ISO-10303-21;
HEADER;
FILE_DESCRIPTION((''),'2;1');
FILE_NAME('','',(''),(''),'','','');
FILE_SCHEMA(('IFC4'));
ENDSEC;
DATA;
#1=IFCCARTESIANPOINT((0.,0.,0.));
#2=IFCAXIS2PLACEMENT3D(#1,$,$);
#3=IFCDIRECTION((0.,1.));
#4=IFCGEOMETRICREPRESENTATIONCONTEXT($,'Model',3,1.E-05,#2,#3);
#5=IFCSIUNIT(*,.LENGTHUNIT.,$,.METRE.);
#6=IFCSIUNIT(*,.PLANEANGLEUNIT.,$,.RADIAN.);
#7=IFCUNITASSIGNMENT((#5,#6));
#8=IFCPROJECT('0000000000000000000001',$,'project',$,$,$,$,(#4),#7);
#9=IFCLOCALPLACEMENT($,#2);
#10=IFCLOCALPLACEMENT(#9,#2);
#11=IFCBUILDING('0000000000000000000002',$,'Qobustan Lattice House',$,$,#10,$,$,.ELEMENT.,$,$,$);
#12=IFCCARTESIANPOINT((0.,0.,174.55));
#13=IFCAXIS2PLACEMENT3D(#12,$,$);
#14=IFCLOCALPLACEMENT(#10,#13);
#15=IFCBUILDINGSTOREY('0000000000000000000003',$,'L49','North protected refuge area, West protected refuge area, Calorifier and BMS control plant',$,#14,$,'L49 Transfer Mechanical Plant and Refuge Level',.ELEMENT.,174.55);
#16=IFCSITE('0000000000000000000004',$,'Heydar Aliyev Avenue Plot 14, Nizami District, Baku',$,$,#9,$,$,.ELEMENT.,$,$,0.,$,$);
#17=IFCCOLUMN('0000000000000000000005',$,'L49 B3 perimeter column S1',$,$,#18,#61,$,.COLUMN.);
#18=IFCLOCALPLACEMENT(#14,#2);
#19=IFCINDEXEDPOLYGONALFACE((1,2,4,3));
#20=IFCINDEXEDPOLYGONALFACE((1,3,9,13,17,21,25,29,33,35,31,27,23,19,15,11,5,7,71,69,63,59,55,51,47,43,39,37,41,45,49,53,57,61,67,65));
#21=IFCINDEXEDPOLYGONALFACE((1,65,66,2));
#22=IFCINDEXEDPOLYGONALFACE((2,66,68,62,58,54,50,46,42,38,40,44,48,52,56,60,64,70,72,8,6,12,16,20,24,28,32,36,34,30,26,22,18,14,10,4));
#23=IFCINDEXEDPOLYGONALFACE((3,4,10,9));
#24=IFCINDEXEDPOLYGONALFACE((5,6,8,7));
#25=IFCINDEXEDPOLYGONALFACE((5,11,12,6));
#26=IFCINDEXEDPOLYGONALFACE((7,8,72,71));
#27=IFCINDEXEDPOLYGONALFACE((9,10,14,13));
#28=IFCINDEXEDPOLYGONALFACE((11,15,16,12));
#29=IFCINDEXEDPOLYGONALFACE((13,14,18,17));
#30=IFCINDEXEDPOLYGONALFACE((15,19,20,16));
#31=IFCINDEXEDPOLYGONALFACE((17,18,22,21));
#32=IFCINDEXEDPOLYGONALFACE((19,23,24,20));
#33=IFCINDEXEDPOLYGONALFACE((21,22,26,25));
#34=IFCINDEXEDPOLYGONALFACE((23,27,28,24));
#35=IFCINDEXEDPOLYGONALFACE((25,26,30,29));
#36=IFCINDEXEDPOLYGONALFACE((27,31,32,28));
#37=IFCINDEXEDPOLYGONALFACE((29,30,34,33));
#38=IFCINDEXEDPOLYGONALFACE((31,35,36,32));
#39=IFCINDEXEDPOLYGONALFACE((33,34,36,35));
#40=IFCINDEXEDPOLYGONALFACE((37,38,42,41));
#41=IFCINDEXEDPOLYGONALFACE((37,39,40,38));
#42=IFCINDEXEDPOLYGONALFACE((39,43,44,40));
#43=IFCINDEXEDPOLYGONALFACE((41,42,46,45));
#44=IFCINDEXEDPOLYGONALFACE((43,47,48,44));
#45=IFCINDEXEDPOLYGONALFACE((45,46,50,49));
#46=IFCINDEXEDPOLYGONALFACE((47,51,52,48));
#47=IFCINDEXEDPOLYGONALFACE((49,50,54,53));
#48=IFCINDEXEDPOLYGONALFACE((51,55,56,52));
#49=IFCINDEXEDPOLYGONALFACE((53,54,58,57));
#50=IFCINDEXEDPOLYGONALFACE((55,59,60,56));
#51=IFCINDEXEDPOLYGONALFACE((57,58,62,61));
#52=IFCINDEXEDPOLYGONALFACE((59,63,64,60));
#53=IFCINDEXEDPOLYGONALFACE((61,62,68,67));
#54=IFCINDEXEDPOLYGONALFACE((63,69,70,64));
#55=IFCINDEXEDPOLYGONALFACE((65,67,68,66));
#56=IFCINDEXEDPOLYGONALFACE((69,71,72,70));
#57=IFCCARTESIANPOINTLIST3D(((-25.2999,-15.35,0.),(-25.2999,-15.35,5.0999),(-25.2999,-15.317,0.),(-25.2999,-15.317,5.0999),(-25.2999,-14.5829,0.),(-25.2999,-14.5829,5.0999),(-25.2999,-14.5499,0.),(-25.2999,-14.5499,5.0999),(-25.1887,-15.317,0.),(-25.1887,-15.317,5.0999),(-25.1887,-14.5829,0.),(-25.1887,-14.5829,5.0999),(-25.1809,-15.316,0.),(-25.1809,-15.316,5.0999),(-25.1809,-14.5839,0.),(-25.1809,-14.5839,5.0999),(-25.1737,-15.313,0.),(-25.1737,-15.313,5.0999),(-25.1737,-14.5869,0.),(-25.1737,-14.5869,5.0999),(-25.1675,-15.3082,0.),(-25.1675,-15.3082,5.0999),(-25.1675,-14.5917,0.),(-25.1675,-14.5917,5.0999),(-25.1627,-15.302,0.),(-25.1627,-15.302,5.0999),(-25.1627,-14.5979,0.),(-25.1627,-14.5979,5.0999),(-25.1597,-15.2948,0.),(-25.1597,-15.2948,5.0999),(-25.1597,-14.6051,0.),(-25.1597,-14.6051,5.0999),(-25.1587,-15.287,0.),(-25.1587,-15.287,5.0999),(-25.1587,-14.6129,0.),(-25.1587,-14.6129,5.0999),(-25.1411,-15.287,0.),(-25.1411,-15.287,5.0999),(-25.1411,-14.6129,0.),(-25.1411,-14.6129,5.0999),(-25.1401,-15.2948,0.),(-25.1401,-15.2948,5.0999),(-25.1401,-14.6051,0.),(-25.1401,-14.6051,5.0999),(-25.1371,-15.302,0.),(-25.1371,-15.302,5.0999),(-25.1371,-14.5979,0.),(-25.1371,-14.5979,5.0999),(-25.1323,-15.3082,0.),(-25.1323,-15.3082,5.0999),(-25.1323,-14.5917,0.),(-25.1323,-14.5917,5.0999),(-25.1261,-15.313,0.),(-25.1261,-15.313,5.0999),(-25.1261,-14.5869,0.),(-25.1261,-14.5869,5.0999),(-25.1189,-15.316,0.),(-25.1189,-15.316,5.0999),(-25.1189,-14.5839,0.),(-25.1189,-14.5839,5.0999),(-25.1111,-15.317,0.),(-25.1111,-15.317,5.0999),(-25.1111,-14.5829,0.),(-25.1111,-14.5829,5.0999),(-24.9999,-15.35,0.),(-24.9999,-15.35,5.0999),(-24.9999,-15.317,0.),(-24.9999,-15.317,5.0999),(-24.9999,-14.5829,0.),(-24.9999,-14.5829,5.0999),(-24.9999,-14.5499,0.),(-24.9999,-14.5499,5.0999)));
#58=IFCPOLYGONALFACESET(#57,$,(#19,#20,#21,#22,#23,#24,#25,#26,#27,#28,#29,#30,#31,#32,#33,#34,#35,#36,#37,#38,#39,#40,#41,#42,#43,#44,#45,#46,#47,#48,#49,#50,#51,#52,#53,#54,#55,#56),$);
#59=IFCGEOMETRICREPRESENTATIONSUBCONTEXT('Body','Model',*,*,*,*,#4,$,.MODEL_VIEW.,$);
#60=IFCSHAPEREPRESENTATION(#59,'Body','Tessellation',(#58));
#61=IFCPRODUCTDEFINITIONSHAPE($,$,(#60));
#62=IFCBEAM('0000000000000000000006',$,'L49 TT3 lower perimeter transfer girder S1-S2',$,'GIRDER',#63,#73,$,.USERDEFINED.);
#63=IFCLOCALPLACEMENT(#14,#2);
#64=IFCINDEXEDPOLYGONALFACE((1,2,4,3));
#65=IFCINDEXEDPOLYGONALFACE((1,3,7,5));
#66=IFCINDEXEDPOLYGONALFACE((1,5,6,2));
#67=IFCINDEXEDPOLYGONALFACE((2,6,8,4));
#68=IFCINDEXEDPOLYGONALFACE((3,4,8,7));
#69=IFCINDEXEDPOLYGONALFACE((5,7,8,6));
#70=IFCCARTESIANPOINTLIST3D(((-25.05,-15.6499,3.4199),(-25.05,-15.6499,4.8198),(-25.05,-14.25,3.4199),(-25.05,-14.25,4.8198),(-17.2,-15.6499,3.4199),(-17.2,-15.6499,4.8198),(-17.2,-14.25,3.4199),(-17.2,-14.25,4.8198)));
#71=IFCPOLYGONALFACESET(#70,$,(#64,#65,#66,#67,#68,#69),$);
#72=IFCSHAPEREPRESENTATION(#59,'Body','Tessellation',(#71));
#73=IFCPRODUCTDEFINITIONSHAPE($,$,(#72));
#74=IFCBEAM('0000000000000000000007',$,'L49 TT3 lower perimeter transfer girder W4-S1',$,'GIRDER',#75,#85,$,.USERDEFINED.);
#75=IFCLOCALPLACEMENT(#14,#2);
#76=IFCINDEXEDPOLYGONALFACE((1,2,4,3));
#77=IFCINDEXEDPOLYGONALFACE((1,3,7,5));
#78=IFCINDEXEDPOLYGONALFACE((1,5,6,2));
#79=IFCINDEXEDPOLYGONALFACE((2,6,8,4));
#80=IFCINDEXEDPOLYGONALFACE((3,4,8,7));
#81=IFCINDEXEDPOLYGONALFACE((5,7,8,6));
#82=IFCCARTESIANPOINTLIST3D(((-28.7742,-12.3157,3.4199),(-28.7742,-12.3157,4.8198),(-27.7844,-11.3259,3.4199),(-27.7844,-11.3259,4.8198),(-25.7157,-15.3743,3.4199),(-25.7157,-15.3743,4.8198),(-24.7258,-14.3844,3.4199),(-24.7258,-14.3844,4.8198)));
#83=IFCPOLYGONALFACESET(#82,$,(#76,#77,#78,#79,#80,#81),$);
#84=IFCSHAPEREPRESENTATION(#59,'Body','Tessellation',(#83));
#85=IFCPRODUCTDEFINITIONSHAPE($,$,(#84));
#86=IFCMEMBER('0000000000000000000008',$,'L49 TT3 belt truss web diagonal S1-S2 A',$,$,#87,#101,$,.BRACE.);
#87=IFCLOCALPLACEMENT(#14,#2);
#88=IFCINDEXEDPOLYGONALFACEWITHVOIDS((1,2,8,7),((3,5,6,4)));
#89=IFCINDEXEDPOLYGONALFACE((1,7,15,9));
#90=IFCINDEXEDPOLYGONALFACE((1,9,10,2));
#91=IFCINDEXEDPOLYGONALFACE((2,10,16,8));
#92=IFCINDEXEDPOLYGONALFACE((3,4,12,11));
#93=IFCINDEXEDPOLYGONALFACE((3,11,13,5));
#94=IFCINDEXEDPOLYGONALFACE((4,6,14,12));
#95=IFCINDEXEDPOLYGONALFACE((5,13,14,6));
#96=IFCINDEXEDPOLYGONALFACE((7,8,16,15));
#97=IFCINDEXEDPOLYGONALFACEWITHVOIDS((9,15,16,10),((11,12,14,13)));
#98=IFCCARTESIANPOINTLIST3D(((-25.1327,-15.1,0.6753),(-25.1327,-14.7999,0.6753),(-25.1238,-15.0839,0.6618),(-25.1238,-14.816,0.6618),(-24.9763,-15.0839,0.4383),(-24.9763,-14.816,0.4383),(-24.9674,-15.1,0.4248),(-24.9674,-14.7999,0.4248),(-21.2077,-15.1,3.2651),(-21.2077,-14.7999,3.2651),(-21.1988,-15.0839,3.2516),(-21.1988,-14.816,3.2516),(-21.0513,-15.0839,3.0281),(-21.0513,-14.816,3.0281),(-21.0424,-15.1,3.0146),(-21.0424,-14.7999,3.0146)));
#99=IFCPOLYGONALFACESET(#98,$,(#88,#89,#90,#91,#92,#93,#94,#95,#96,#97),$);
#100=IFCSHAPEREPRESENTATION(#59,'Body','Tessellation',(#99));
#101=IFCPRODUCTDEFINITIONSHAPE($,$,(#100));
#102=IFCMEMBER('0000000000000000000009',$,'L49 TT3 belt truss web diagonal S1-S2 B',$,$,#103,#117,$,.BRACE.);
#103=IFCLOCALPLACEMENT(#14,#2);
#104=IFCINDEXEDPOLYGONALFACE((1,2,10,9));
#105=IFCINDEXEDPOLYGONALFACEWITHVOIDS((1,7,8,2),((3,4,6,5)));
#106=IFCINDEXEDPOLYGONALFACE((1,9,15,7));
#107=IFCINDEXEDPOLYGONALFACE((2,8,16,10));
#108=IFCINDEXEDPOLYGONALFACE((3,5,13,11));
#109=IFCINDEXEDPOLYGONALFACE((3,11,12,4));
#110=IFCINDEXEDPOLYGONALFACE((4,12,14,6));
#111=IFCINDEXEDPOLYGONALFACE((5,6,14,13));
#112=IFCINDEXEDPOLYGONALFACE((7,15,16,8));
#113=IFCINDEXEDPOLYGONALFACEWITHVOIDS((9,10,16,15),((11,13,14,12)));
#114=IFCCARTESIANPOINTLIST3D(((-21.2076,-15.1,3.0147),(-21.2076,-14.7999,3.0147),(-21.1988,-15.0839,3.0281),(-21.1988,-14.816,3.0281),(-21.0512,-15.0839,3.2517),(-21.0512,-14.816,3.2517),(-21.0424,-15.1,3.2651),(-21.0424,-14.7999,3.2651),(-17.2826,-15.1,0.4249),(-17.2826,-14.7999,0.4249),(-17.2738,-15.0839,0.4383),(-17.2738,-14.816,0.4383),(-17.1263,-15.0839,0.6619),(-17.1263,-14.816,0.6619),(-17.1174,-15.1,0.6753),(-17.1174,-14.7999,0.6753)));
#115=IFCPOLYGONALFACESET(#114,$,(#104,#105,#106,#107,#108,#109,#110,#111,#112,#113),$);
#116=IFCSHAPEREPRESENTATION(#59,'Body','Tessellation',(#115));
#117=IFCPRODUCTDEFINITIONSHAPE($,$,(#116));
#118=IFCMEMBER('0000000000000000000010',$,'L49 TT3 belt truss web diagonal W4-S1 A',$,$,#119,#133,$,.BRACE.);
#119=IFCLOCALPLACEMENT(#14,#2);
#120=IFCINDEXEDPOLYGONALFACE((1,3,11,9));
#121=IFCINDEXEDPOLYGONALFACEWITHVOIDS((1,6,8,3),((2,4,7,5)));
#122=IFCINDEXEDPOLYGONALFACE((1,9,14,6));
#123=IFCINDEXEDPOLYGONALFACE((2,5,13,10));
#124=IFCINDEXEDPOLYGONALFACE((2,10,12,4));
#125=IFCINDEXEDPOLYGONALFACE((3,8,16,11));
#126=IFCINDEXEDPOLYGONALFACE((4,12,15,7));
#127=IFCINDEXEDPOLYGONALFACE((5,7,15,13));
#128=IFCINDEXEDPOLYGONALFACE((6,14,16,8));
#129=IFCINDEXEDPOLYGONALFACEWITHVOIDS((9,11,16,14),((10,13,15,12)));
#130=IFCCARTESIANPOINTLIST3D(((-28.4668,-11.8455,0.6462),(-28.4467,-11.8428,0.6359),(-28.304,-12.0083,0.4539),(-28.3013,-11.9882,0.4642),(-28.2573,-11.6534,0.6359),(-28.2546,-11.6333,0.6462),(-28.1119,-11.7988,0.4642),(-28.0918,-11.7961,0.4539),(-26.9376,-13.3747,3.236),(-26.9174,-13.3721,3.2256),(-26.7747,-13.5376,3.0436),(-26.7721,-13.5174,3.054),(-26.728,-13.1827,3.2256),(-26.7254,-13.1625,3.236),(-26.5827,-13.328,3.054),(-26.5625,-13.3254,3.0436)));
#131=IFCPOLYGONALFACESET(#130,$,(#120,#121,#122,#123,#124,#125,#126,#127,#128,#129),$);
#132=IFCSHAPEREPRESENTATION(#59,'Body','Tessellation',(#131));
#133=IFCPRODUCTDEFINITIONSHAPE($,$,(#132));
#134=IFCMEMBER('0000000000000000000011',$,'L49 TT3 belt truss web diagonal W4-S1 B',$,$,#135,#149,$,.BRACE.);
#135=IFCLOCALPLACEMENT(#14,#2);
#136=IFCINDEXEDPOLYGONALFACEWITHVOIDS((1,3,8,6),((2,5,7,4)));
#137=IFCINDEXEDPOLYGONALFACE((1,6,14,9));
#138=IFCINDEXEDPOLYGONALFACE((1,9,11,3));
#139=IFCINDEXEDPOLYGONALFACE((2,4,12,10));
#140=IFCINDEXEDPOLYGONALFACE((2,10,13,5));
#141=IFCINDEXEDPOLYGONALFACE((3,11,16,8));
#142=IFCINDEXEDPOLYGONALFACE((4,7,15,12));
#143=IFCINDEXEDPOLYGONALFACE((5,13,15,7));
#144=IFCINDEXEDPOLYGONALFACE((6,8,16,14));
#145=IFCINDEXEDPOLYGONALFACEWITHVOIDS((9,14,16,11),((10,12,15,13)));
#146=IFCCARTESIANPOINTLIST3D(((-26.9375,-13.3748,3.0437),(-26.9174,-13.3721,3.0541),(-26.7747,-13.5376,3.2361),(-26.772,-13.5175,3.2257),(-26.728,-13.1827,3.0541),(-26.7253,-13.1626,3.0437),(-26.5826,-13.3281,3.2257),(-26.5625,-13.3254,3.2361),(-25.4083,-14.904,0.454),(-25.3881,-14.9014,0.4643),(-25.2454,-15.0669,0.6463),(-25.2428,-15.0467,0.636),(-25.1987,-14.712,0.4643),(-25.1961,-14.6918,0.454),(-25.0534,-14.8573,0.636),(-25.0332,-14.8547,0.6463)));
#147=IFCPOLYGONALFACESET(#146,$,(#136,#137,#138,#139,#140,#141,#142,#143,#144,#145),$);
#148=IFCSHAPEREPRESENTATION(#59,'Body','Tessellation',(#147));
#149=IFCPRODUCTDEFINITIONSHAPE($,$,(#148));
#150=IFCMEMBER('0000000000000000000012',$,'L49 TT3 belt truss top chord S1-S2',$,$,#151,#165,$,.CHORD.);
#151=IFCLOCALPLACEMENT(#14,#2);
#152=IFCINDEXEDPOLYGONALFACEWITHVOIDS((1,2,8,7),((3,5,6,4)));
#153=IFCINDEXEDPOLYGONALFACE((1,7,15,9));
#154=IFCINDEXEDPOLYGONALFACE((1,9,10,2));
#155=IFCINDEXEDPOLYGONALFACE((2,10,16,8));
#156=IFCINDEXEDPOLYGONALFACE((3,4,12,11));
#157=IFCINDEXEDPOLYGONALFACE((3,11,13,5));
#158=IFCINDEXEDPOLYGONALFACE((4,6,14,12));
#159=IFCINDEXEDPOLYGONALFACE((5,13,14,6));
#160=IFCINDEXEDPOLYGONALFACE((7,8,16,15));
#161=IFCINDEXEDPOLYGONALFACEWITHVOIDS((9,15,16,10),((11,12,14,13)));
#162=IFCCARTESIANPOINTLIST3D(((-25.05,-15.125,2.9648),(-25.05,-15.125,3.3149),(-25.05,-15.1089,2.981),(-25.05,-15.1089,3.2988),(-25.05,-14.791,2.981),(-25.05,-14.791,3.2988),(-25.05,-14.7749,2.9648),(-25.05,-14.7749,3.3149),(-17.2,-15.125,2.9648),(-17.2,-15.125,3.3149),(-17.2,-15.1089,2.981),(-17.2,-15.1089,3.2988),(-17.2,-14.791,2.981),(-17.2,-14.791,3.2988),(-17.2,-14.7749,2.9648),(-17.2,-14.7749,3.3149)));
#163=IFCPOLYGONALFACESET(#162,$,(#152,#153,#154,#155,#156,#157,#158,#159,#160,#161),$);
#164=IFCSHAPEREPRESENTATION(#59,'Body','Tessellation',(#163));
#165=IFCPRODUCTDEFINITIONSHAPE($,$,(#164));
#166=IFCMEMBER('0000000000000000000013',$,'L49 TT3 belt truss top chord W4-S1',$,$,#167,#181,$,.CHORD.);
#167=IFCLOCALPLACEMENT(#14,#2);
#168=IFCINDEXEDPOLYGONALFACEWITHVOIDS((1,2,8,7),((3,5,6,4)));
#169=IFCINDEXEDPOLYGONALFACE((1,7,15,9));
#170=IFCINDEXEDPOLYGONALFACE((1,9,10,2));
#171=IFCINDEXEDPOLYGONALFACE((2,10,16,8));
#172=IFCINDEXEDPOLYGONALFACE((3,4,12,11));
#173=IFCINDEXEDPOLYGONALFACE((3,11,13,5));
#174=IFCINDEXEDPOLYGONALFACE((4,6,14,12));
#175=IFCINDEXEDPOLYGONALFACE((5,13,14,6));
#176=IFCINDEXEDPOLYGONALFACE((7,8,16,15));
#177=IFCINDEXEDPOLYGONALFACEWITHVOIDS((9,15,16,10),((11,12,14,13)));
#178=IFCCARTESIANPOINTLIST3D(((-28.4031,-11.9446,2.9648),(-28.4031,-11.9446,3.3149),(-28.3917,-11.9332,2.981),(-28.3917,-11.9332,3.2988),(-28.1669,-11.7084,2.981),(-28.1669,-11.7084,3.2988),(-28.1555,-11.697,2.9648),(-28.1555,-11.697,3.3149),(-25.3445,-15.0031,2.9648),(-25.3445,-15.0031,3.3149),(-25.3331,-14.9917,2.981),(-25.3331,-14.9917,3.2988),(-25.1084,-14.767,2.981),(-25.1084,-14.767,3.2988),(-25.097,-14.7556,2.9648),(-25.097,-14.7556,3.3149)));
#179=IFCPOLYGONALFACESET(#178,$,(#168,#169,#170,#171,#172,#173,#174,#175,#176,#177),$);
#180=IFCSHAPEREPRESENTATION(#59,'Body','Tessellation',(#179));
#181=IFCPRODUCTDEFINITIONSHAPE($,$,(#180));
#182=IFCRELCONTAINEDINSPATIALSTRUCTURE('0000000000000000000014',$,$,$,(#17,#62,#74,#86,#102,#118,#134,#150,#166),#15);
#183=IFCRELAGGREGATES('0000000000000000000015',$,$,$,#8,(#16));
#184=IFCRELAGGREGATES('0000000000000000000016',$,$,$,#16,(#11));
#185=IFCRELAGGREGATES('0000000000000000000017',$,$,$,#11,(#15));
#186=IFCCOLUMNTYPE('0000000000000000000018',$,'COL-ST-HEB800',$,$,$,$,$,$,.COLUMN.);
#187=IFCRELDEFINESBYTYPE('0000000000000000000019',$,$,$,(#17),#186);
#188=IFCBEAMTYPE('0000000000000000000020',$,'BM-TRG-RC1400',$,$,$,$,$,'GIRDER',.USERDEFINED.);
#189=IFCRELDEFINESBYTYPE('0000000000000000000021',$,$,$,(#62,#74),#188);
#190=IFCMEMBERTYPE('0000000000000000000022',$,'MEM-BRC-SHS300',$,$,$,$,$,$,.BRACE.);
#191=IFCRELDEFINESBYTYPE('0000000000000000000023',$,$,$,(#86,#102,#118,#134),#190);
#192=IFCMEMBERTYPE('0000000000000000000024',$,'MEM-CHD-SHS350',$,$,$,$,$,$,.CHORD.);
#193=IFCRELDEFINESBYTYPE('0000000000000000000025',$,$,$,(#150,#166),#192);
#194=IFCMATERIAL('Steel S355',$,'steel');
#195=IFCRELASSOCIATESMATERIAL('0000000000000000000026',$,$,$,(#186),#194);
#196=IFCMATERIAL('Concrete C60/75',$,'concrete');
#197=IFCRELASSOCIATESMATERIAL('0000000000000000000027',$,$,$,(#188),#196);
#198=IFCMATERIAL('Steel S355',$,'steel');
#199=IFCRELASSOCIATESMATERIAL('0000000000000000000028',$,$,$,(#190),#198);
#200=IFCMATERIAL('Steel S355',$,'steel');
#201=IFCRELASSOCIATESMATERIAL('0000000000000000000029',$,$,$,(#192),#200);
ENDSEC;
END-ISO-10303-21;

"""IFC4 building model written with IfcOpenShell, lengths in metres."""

from ifc_helpers import new_model, si_unit, direction, frame, origin, origin_2d, place, context, subcontext, project, spatial, rectangle, hollow_rectangle, i_section, extrude, material, material_profile, profile_set, type_object, element, save


model = new_model("IFC4")

# Units and contexts
model_context = context("Model", 3, precision=1e-05, world=origin(), true_north=direction((0.0, 1.0)))
body_context = subcontext(model_context, "Body", "Model", "MODEL_VIEW")
ifc_project = project(units=[si_unit("LENGTHUNIT", "METRE"), si_unit("PLANEANGLEUNIT", "RADIAN")], contexts=[model_context])

# Site, building, storey
site_placement = place(None, origin())
site = spatial("IfcSite", under=ifc_project, at=site_placement, Name="Heydar Aliyev Avenue Plot 14, Nizami District, Baku", CompositionType="ELEMENT", RefElevation=0.0)
building_placement = place(site_placement, origin())
building = spatial("IfcBuilding", under=site, at=building_placement, Name="Qobustan Lattice House", CompositionType="ELEMENT")
storey_placement = place(building_placement, frame((0.0, 0.0, 174.55)))
storey = spatial("IfcBuildingStorey", under=building, at=storey_placement, Name="L49", Description="North protected refuge area, West protected refuge area, Calorifier and BMS control plant", LongName="L49 Transfer Mechanical Plant and Refuge Level", CompositionType="ELEMENT", Elevation=174.55)

# Column
ifc_material_1 = material(Name="Steel S355", Category="steel")
ifc_material_profile_1 = material_profile(ifc_material_1, i_section(OverallWidth=0.3, OverallDepth=0.8, WebThickness=0.0176, FlangeThickness=0.033, FilletRadius=0.03, at=origin_2d()), Name="HEB800")
ifc_profile_set_1 = profile_set([ifc_material_profile_1], Name="Steel S355")
column_type = type_object("IfcColumnType", Name="COL-ST-HEB800", PredefinedType="COLUMN", material=ifc_profile_set_1)
column_placement = place(storey_placement, frame((-25.1499, -14.95, 0.0), z_axis=(0.0, 0.0, 1.0), x_axis=(1.0, 0.0, 0.0)))
element("IfcColumn", 1, at=column_placement, inside=storey, type_object=column_type, Name="L49 B3 perimeter column S1", PredefinedType="COLUMN", context=body_context, shape_type="SweptSolid", body=[
    extrude(i_section(OverallWidth=0.3, OverallDepth=0.8, WebThickness=0.0176, FlangeThickness=0.033, FilletRadius=0.03, at=origin_2d()), origin(), (0.0, 0.0, 1.0), 5.0999),
])

# Beams
ifc_material_2 = material(Name="Concrete C60/75", Category="concrete")
ifc_material_profile_2 = material_profile(ifc_material_2, rectangle(XDim=1.3999, YDim=1.3999, at=origin_2d()), Name="RC1400x1400")
ifc_profile_set_2 = profile_set([ifc_material_profile_2], Name="Concrete C60/75")
beam_type = type_object("IfcBeamType", Name="BM-TRG-RC1400", ElementType="GIRDER", PredefinedType="USERDEFINED", material=ifc_profile_set_2)
beam_1_placement = place(storey_placement, frame((-25.05, -14.95, 4.1199), z_axis=(1.0, 0.0, 0.0), x_axis=(0.0, 1.0, 0.0)))
element("IfcBeam", 2, at=beam_1_placement, inside=storey, type_object=beam_type, Name="L49 TT3 lower perimeter transfer girder S1-S2", ObjectType="GIRDER", PredefinedType="USERDEFINED", context=body_context, shape_type="SweptSolid", body=[
    extrude(rectangle(XDim=1.3999, YDim=1.3999, at=origin_2d()), origin(), (0.0, 0.0, 1.0), 7.8501),
])
beam_2_placement = place(storey_placement, frame((-28.2793, -11.8208, 4.1199), z_axis=(0.707107, -0.707107, 0.0), x_axis=(0.707107, 0.707107, 0.0)))
element("IfcBeam", 3, at=beam_2_placement, inside=storey, type_object=beam_type, Name="L49 TT3 lower perimeter transfer girder W4-S1", ObjectType="GIRDER", PredefinedType="USERDEFINED", context=body_context, shape_type="SweptSolid", body=[
    extrude(rectangle(XDim=1.3999, YDim=1.3999, at=origin_2d()), origin(), (0.0, 0.0, 1.0), 4.3254),
])

# Members
ifc_material_3 = material(Name="Steel S355", Category="steel")
ifc_material_profile_3 = material_profile(ifc_material_3, hollow_rectangle(XDim=0.3, YDim=0.3, WallThickness=0.0161, at=origin_2d()), Name="SHS300x300x16")
ifc_profile_set_3 = profile_set([ifc_material_profile_3], Name="Steel S355")
member_type_1 = type_object("IfcMemberType", Name="MEM-BRC-SHS300", PredefinedType="BRACE", material=ifc_profile_set_3)
for number, where, z_axis, x_axis, name in (
    (4, (-25.05, -14.95, 0.55), (0.834677, 0.0, 0.55074), (0.0, 1.0, 0.0), "L49 TT3 belt truss web diagonal S1-S2 A"),
    (5, (-21.125, -14.95, 3.1399), (0.834677, 0.0, -0.55074), (0.0, 1.0, 0.0), "L49 TT3 belt truss web diagonal S1-S2 B"),
):
    element("IfcMember", number, at=place(storey_placement, frame(where, z_axis=z_axis, x_axis=x_axis)), inside=storey, type_object=member_type_1, Name=name, PredefinedType="BRACE", context=body_context, shape_type="SweptSolid", body=[
        extrude(hollow_rectangle(XDim=0.3, YDim=0.3, WallThickness=0.0161, at=origin_2d()), origin(), (0.0, 0.0, 1.0), 4.7024),
    ])
for number, where, z_axis, x_axis, name in (
    (6, (-28.2793, -11.8208, 0.55), (0.453241, -0.453241, 0.767558), (0.707107, 0.707107, 0.0), "L49 TT3 belt truss web diagonal W4-S1 A"),
    (7, (-26.75, -13.3501, 3.1399), (0.453241, -0.453241, -0.767558), (0.707107, 0.707107, 0.0), "L49 TT3 belt truss web diagonal W4-S1 B"),
):
    element("IfcMember", number, at=place(storey_placement, frame(where, z_axis=z_axis, x_axis=x_axis)), inside=storey, type_object=member_type_1, Name=name, PredefinedType="BRACE", context=body_context, shape_type="SweptSolid", body=[
        extrude(hollow_rectangle(XDim=0.3, YDim=0.3, WallThickness=0.0161, at=origin_2d()), origin(), (0.0, 0.0, 1.0), 3.374),
    ])
ifc_material_4 = material(Name="Steel S355", Category="steel")
ifc_material_profile_4 = material_profile(ifc_material_4, hollow_rectangle(XDim=0.3501, YDim=0.3501, WallThickness=0.0161, at=origin_2d()), Name="SHS350x350x16")
ifc_profile_set_4 = profile_set([ifc_material_profile_4], Name="Steel S355")
member_type_2 = type_object("IfcMemberType", Name="MEM-CHD-SHS350", PredefinedType="CHORD", material=ifc_profile_set_4)
member_1_placement = place(storey_placement, frame((-25.05, -14.95, 3.1399), z_axis=(1.0, 0.0, 0.0), x_axis=(0.0, 1.0, 0.0)))
element("IfcMember", 8, at=member_1_placement, inside=storey, type_object=member_type_2, Name="L49 TT3 belt truss top chord S1-S2", PredefinedType="CHORD", context=body_context, shape_type="SweptSolid", body=[
    extrude(hollow_rectangle(XDim=0.3501, YDim=0.3501, WallThickness=0.0161, at=origin_2d()), origin(), (0.0, 0.0, 1.0), 7.8501),
])
member_2_placement = place(storey_placement, frame((-28.2793, -11.8208, 3.1399), z_axis=(0.707107, -0.707107, 0.0), x_axis=(0.707107, 0.707107, 0.0)))
element("IfcMember", 9, at=member_2_placement, inside=storey, type_object=member_type_2, Name="L49 TT3 belt truss top chord W4-S1", PredefinedType="CHORD", context=body_context, shape_type="SweptSolid", body=[
    extrude(hollow_rectangle(XDim=0.3501, YDim=0.3501, WallThickness=0.0161, at=origin_2d()), origin(), (0.0, 0.0, 1.0), 4.3254),
])

save(model, "model.ifc")
